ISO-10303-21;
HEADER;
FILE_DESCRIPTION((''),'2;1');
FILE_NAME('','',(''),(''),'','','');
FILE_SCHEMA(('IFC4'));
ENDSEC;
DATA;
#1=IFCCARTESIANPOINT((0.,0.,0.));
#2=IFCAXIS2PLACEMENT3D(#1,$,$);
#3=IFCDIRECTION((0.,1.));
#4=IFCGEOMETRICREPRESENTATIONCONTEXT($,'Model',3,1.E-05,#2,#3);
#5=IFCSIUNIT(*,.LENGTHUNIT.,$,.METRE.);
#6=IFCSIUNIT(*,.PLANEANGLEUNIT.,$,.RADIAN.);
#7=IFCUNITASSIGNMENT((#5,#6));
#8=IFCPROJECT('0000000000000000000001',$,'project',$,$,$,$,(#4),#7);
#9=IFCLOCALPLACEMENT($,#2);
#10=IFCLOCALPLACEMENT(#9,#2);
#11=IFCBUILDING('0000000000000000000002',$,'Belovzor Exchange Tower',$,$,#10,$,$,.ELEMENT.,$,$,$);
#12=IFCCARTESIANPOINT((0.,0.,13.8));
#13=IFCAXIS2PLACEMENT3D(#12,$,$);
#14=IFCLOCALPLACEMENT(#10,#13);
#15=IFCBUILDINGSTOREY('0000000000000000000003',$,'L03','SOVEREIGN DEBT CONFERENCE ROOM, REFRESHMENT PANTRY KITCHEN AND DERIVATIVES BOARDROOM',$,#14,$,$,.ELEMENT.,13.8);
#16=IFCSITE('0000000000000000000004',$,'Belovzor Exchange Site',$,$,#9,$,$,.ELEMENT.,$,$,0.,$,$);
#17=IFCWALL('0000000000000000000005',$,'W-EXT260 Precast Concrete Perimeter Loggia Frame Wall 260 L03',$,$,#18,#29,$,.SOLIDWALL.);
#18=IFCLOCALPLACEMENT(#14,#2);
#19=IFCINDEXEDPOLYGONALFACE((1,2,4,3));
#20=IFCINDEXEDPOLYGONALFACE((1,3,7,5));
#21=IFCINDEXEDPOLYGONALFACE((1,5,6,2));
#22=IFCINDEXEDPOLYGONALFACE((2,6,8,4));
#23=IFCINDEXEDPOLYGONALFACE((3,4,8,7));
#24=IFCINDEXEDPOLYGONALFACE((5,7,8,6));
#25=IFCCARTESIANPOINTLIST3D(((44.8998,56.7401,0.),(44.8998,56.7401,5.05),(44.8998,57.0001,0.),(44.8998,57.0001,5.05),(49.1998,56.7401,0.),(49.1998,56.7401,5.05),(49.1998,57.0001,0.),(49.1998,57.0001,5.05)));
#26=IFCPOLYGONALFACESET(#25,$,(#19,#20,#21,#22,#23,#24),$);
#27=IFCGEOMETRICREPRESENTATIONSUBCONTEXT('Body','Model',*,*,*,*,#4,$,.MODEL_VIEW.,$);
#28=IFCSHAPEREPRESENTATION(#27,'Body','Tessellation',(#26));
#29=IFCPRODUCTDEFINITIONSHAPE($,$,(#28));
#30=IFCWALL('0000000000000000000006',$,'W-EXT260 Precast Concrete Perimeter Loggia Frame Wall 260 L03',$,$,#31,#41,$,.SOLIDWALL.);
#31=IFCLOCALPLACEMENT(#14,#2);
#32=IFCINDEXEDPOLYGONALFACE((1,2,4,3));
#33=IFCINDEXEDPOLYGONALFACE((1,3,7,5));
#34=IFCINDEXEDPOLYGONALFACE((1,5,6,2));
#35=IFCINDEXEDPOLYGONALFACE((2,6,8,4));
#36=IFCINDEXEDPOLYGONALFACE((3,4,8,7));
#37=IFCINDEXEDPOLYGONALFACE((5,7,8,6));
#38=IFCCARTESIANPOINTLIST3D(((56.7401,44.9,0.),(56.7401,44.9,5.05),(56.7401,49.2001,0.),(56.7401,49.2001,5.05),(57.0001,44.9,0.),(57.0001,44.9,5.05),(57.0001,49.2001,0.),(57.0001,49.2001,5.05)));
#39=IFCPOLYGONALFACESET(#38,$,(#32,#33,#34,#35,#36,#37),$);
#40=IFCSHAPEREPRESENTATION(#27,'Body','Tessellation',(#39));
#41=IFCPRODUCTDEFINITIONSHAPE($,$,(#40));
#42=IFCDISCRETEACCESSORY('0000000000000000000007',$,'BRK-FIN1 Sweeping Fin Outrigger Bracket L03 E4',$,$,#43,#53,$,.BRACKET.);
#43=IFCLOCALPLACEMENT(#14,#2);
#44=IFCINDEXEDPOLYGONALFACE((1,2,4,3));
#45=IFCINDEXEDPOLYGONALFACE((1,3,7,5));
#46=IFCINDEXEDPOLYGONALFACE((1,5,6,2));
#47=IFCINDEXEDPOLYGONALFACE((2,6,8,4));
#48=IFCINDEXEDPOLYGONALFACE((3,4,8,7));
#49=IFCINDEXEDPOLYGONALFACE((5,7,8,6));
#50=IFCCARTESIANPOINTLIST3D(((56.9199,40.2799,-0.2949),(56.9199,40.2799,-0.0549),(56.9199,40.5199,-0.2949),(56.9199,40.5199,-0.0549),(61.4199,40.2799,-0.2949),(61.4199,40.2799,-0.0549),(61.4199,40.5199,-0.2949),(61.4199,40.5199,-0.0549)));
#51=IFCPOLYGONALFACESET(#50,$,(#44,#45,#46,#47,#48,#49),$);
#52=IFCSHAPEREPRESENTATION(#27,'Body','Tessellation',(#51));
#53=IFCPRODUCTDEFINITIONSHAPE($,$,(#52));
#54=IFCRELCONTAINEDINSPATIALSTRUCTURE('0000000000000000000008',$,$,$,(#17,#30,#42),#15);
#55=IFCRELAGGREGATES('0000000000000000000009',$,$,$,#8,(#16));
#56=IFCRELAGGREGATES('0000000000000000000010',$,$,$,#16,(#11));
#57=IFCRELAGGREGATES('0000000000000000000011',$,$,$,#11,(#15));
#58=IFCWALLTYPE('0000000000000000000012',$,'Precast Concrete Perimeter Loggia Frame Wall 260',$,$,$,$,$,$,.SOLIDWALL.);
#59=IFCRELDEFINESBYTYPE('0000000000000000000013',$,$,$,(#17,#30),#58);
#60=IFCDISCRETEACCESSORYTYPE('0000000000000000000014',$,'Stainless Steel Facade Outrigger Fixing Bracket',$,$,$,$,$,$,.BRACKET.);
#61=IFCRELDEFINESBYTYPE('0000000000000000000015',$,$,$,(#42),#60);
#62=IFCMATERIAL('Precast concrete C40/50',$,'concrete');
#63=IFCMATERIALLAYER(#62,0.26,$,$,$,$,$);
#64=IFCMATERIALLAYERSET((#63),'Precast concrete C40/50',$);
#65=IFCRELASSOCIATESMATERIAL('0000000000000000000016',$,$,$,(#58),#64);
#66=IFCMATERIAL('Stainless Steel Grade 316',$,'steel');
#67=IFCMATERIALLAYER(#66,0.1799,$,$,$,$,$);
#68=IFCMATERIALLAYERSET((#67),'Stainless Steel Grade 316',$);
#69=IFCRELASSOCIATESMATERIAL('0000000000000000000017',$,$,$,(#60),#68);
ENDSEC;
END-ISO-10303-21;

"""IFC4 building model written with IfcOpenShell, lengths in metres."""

from ifc_helpers import new_model, si_unit, direction, frame, frame_2d, origin, origin_2d, place, context, subcontext, project, spatial, rectangle, extrude, material, layer, layer_set, type_object, element, save


model = new_model("IFC4")

# Units and contexts
model_context = context("Model", 3, precision=1e-05, world=origin(), true_north=direction((0.0, 1.0)))
body_context = subcontext(model_context, "Body", "Model", "MODEL_VIEW")
ifc_project = project(units=[si_unit("LENGTHUNIT", "METRE"), si_unit("PLANEANGLEUNIT", "RADIAN")], contexts=[model_context])

# Site, building, storey
site_placement = place(None, origin())
site = spatial("IfcSite", under=ifc_project, at=site_placement, Name="Belovzor Exchange Site", CompositionType="ELEMENT", RefElevation=0.0)
building_placement = place(site_placement, origin())
building = spatial("IfcBuilding", under=site, at=building_placement, Name="Belovzor Exchange Tower", CompositionType="ELEMENT")
storey_placement = place(building_placement, frame((0.0, 0.0, 13.8)))
storey = spatial("IfcBuildingStorey", under=building, at=storey_placement, Name="L03", Description="SOVEREIGN DEBT CONFERENCE ROOM, REFRESHMENT PANTRY KITCHEN AND DERIVATIVES BOARDROOM", CompositionType="ELEMENT", Elevation=13.8)

# Walls
ifc_material_1 = material(Name="Precast concrete C40/50", Category="concrete")
ifc_layer_1 = layer(ifc_material_1, 0.26)
ifc_layer_set_1 = layer_set([ifc_layer_1], Name="Precast concrete C40/50")
wall_type_1 = type_object("IfcWallType", Name="Precast Concrete Perimeter Loggia Frame Wall 260", PredefinedType="SOLIDWALL", material=ifc_layer_set_1)
for number, where, z_axis, x_axis, name in (
    (1, (44.8999, 56.8701, 0.0), (0.0, 0.0, 1.0), (1.0, 0.0, 0.0), "W-EXT260 Precast Concrete Perimeter Loggia Frame Wall 260 L03"),
    (2, (56.8701, 49.2, 0.0), (0.0, 0.0, 1.0), (0.0, -1.0, 0.0), "W-EXT260 Precast Concrete Perimeter Loggia Frame Wall 260 L03"),
):
    element("IfcWall", number, at=place(storey_placement, frame(where, z_axis=z_axis, x_axis=x_axis)), inside=storey, type_object=wall_type_1, Name=name, PredefinedType="SOLIDWALL", context=body_context, shape_type="SweptSolid", body=[
        extrude(rectangle(XDim=4.3, YDim=0.26, at=frame_2d((2.1499, 0.0))), origin(), (0.0, 0.0, 1.0), 5.05),
    ])

# Discrete accessory
ifc_material_2 = material(Name="Stainless Steel Grade 316", Category="steel")
ifc_layer_2 = layer(ifc_material_2, 0.1799)
ifc_layer_set_2 = layer_set([ifc_layer_2], Name="Stainless Steel Grade 316")
discrete_accessory_type = type_object("IfcDiscreteAccessoryType", Name="Stainless Steel Facade Outrigger Fixing Bracket", PredefinedType="BRACKET", material=ifc_layer_set_2)
discrete_accessory_placement = place(storey_placement, frame((59.1699, 40.3999, -0.2949), z_axis=(0.0, 0.0, 1.0), x_axis=(1.0, 0.0, 0.0)))
element("IfcDiscreteAccessory", 3, at=discrete_accessory_placement, inside=storey, type_object=discrete_accessory_type, Name="BRK-FIN1 Sweeping Fin Outrigger Bracket L03 E4", PredefinedType="BRACKET", context=body_context, shape_type="SweptSolid", body=[
    extrude(rectangle(XDim=4.5, YDim=0.24, at=origin_2d()), origin(), (0.0, 0.0, 1.0), 0.24),
])

save(model, "model.ifc")
